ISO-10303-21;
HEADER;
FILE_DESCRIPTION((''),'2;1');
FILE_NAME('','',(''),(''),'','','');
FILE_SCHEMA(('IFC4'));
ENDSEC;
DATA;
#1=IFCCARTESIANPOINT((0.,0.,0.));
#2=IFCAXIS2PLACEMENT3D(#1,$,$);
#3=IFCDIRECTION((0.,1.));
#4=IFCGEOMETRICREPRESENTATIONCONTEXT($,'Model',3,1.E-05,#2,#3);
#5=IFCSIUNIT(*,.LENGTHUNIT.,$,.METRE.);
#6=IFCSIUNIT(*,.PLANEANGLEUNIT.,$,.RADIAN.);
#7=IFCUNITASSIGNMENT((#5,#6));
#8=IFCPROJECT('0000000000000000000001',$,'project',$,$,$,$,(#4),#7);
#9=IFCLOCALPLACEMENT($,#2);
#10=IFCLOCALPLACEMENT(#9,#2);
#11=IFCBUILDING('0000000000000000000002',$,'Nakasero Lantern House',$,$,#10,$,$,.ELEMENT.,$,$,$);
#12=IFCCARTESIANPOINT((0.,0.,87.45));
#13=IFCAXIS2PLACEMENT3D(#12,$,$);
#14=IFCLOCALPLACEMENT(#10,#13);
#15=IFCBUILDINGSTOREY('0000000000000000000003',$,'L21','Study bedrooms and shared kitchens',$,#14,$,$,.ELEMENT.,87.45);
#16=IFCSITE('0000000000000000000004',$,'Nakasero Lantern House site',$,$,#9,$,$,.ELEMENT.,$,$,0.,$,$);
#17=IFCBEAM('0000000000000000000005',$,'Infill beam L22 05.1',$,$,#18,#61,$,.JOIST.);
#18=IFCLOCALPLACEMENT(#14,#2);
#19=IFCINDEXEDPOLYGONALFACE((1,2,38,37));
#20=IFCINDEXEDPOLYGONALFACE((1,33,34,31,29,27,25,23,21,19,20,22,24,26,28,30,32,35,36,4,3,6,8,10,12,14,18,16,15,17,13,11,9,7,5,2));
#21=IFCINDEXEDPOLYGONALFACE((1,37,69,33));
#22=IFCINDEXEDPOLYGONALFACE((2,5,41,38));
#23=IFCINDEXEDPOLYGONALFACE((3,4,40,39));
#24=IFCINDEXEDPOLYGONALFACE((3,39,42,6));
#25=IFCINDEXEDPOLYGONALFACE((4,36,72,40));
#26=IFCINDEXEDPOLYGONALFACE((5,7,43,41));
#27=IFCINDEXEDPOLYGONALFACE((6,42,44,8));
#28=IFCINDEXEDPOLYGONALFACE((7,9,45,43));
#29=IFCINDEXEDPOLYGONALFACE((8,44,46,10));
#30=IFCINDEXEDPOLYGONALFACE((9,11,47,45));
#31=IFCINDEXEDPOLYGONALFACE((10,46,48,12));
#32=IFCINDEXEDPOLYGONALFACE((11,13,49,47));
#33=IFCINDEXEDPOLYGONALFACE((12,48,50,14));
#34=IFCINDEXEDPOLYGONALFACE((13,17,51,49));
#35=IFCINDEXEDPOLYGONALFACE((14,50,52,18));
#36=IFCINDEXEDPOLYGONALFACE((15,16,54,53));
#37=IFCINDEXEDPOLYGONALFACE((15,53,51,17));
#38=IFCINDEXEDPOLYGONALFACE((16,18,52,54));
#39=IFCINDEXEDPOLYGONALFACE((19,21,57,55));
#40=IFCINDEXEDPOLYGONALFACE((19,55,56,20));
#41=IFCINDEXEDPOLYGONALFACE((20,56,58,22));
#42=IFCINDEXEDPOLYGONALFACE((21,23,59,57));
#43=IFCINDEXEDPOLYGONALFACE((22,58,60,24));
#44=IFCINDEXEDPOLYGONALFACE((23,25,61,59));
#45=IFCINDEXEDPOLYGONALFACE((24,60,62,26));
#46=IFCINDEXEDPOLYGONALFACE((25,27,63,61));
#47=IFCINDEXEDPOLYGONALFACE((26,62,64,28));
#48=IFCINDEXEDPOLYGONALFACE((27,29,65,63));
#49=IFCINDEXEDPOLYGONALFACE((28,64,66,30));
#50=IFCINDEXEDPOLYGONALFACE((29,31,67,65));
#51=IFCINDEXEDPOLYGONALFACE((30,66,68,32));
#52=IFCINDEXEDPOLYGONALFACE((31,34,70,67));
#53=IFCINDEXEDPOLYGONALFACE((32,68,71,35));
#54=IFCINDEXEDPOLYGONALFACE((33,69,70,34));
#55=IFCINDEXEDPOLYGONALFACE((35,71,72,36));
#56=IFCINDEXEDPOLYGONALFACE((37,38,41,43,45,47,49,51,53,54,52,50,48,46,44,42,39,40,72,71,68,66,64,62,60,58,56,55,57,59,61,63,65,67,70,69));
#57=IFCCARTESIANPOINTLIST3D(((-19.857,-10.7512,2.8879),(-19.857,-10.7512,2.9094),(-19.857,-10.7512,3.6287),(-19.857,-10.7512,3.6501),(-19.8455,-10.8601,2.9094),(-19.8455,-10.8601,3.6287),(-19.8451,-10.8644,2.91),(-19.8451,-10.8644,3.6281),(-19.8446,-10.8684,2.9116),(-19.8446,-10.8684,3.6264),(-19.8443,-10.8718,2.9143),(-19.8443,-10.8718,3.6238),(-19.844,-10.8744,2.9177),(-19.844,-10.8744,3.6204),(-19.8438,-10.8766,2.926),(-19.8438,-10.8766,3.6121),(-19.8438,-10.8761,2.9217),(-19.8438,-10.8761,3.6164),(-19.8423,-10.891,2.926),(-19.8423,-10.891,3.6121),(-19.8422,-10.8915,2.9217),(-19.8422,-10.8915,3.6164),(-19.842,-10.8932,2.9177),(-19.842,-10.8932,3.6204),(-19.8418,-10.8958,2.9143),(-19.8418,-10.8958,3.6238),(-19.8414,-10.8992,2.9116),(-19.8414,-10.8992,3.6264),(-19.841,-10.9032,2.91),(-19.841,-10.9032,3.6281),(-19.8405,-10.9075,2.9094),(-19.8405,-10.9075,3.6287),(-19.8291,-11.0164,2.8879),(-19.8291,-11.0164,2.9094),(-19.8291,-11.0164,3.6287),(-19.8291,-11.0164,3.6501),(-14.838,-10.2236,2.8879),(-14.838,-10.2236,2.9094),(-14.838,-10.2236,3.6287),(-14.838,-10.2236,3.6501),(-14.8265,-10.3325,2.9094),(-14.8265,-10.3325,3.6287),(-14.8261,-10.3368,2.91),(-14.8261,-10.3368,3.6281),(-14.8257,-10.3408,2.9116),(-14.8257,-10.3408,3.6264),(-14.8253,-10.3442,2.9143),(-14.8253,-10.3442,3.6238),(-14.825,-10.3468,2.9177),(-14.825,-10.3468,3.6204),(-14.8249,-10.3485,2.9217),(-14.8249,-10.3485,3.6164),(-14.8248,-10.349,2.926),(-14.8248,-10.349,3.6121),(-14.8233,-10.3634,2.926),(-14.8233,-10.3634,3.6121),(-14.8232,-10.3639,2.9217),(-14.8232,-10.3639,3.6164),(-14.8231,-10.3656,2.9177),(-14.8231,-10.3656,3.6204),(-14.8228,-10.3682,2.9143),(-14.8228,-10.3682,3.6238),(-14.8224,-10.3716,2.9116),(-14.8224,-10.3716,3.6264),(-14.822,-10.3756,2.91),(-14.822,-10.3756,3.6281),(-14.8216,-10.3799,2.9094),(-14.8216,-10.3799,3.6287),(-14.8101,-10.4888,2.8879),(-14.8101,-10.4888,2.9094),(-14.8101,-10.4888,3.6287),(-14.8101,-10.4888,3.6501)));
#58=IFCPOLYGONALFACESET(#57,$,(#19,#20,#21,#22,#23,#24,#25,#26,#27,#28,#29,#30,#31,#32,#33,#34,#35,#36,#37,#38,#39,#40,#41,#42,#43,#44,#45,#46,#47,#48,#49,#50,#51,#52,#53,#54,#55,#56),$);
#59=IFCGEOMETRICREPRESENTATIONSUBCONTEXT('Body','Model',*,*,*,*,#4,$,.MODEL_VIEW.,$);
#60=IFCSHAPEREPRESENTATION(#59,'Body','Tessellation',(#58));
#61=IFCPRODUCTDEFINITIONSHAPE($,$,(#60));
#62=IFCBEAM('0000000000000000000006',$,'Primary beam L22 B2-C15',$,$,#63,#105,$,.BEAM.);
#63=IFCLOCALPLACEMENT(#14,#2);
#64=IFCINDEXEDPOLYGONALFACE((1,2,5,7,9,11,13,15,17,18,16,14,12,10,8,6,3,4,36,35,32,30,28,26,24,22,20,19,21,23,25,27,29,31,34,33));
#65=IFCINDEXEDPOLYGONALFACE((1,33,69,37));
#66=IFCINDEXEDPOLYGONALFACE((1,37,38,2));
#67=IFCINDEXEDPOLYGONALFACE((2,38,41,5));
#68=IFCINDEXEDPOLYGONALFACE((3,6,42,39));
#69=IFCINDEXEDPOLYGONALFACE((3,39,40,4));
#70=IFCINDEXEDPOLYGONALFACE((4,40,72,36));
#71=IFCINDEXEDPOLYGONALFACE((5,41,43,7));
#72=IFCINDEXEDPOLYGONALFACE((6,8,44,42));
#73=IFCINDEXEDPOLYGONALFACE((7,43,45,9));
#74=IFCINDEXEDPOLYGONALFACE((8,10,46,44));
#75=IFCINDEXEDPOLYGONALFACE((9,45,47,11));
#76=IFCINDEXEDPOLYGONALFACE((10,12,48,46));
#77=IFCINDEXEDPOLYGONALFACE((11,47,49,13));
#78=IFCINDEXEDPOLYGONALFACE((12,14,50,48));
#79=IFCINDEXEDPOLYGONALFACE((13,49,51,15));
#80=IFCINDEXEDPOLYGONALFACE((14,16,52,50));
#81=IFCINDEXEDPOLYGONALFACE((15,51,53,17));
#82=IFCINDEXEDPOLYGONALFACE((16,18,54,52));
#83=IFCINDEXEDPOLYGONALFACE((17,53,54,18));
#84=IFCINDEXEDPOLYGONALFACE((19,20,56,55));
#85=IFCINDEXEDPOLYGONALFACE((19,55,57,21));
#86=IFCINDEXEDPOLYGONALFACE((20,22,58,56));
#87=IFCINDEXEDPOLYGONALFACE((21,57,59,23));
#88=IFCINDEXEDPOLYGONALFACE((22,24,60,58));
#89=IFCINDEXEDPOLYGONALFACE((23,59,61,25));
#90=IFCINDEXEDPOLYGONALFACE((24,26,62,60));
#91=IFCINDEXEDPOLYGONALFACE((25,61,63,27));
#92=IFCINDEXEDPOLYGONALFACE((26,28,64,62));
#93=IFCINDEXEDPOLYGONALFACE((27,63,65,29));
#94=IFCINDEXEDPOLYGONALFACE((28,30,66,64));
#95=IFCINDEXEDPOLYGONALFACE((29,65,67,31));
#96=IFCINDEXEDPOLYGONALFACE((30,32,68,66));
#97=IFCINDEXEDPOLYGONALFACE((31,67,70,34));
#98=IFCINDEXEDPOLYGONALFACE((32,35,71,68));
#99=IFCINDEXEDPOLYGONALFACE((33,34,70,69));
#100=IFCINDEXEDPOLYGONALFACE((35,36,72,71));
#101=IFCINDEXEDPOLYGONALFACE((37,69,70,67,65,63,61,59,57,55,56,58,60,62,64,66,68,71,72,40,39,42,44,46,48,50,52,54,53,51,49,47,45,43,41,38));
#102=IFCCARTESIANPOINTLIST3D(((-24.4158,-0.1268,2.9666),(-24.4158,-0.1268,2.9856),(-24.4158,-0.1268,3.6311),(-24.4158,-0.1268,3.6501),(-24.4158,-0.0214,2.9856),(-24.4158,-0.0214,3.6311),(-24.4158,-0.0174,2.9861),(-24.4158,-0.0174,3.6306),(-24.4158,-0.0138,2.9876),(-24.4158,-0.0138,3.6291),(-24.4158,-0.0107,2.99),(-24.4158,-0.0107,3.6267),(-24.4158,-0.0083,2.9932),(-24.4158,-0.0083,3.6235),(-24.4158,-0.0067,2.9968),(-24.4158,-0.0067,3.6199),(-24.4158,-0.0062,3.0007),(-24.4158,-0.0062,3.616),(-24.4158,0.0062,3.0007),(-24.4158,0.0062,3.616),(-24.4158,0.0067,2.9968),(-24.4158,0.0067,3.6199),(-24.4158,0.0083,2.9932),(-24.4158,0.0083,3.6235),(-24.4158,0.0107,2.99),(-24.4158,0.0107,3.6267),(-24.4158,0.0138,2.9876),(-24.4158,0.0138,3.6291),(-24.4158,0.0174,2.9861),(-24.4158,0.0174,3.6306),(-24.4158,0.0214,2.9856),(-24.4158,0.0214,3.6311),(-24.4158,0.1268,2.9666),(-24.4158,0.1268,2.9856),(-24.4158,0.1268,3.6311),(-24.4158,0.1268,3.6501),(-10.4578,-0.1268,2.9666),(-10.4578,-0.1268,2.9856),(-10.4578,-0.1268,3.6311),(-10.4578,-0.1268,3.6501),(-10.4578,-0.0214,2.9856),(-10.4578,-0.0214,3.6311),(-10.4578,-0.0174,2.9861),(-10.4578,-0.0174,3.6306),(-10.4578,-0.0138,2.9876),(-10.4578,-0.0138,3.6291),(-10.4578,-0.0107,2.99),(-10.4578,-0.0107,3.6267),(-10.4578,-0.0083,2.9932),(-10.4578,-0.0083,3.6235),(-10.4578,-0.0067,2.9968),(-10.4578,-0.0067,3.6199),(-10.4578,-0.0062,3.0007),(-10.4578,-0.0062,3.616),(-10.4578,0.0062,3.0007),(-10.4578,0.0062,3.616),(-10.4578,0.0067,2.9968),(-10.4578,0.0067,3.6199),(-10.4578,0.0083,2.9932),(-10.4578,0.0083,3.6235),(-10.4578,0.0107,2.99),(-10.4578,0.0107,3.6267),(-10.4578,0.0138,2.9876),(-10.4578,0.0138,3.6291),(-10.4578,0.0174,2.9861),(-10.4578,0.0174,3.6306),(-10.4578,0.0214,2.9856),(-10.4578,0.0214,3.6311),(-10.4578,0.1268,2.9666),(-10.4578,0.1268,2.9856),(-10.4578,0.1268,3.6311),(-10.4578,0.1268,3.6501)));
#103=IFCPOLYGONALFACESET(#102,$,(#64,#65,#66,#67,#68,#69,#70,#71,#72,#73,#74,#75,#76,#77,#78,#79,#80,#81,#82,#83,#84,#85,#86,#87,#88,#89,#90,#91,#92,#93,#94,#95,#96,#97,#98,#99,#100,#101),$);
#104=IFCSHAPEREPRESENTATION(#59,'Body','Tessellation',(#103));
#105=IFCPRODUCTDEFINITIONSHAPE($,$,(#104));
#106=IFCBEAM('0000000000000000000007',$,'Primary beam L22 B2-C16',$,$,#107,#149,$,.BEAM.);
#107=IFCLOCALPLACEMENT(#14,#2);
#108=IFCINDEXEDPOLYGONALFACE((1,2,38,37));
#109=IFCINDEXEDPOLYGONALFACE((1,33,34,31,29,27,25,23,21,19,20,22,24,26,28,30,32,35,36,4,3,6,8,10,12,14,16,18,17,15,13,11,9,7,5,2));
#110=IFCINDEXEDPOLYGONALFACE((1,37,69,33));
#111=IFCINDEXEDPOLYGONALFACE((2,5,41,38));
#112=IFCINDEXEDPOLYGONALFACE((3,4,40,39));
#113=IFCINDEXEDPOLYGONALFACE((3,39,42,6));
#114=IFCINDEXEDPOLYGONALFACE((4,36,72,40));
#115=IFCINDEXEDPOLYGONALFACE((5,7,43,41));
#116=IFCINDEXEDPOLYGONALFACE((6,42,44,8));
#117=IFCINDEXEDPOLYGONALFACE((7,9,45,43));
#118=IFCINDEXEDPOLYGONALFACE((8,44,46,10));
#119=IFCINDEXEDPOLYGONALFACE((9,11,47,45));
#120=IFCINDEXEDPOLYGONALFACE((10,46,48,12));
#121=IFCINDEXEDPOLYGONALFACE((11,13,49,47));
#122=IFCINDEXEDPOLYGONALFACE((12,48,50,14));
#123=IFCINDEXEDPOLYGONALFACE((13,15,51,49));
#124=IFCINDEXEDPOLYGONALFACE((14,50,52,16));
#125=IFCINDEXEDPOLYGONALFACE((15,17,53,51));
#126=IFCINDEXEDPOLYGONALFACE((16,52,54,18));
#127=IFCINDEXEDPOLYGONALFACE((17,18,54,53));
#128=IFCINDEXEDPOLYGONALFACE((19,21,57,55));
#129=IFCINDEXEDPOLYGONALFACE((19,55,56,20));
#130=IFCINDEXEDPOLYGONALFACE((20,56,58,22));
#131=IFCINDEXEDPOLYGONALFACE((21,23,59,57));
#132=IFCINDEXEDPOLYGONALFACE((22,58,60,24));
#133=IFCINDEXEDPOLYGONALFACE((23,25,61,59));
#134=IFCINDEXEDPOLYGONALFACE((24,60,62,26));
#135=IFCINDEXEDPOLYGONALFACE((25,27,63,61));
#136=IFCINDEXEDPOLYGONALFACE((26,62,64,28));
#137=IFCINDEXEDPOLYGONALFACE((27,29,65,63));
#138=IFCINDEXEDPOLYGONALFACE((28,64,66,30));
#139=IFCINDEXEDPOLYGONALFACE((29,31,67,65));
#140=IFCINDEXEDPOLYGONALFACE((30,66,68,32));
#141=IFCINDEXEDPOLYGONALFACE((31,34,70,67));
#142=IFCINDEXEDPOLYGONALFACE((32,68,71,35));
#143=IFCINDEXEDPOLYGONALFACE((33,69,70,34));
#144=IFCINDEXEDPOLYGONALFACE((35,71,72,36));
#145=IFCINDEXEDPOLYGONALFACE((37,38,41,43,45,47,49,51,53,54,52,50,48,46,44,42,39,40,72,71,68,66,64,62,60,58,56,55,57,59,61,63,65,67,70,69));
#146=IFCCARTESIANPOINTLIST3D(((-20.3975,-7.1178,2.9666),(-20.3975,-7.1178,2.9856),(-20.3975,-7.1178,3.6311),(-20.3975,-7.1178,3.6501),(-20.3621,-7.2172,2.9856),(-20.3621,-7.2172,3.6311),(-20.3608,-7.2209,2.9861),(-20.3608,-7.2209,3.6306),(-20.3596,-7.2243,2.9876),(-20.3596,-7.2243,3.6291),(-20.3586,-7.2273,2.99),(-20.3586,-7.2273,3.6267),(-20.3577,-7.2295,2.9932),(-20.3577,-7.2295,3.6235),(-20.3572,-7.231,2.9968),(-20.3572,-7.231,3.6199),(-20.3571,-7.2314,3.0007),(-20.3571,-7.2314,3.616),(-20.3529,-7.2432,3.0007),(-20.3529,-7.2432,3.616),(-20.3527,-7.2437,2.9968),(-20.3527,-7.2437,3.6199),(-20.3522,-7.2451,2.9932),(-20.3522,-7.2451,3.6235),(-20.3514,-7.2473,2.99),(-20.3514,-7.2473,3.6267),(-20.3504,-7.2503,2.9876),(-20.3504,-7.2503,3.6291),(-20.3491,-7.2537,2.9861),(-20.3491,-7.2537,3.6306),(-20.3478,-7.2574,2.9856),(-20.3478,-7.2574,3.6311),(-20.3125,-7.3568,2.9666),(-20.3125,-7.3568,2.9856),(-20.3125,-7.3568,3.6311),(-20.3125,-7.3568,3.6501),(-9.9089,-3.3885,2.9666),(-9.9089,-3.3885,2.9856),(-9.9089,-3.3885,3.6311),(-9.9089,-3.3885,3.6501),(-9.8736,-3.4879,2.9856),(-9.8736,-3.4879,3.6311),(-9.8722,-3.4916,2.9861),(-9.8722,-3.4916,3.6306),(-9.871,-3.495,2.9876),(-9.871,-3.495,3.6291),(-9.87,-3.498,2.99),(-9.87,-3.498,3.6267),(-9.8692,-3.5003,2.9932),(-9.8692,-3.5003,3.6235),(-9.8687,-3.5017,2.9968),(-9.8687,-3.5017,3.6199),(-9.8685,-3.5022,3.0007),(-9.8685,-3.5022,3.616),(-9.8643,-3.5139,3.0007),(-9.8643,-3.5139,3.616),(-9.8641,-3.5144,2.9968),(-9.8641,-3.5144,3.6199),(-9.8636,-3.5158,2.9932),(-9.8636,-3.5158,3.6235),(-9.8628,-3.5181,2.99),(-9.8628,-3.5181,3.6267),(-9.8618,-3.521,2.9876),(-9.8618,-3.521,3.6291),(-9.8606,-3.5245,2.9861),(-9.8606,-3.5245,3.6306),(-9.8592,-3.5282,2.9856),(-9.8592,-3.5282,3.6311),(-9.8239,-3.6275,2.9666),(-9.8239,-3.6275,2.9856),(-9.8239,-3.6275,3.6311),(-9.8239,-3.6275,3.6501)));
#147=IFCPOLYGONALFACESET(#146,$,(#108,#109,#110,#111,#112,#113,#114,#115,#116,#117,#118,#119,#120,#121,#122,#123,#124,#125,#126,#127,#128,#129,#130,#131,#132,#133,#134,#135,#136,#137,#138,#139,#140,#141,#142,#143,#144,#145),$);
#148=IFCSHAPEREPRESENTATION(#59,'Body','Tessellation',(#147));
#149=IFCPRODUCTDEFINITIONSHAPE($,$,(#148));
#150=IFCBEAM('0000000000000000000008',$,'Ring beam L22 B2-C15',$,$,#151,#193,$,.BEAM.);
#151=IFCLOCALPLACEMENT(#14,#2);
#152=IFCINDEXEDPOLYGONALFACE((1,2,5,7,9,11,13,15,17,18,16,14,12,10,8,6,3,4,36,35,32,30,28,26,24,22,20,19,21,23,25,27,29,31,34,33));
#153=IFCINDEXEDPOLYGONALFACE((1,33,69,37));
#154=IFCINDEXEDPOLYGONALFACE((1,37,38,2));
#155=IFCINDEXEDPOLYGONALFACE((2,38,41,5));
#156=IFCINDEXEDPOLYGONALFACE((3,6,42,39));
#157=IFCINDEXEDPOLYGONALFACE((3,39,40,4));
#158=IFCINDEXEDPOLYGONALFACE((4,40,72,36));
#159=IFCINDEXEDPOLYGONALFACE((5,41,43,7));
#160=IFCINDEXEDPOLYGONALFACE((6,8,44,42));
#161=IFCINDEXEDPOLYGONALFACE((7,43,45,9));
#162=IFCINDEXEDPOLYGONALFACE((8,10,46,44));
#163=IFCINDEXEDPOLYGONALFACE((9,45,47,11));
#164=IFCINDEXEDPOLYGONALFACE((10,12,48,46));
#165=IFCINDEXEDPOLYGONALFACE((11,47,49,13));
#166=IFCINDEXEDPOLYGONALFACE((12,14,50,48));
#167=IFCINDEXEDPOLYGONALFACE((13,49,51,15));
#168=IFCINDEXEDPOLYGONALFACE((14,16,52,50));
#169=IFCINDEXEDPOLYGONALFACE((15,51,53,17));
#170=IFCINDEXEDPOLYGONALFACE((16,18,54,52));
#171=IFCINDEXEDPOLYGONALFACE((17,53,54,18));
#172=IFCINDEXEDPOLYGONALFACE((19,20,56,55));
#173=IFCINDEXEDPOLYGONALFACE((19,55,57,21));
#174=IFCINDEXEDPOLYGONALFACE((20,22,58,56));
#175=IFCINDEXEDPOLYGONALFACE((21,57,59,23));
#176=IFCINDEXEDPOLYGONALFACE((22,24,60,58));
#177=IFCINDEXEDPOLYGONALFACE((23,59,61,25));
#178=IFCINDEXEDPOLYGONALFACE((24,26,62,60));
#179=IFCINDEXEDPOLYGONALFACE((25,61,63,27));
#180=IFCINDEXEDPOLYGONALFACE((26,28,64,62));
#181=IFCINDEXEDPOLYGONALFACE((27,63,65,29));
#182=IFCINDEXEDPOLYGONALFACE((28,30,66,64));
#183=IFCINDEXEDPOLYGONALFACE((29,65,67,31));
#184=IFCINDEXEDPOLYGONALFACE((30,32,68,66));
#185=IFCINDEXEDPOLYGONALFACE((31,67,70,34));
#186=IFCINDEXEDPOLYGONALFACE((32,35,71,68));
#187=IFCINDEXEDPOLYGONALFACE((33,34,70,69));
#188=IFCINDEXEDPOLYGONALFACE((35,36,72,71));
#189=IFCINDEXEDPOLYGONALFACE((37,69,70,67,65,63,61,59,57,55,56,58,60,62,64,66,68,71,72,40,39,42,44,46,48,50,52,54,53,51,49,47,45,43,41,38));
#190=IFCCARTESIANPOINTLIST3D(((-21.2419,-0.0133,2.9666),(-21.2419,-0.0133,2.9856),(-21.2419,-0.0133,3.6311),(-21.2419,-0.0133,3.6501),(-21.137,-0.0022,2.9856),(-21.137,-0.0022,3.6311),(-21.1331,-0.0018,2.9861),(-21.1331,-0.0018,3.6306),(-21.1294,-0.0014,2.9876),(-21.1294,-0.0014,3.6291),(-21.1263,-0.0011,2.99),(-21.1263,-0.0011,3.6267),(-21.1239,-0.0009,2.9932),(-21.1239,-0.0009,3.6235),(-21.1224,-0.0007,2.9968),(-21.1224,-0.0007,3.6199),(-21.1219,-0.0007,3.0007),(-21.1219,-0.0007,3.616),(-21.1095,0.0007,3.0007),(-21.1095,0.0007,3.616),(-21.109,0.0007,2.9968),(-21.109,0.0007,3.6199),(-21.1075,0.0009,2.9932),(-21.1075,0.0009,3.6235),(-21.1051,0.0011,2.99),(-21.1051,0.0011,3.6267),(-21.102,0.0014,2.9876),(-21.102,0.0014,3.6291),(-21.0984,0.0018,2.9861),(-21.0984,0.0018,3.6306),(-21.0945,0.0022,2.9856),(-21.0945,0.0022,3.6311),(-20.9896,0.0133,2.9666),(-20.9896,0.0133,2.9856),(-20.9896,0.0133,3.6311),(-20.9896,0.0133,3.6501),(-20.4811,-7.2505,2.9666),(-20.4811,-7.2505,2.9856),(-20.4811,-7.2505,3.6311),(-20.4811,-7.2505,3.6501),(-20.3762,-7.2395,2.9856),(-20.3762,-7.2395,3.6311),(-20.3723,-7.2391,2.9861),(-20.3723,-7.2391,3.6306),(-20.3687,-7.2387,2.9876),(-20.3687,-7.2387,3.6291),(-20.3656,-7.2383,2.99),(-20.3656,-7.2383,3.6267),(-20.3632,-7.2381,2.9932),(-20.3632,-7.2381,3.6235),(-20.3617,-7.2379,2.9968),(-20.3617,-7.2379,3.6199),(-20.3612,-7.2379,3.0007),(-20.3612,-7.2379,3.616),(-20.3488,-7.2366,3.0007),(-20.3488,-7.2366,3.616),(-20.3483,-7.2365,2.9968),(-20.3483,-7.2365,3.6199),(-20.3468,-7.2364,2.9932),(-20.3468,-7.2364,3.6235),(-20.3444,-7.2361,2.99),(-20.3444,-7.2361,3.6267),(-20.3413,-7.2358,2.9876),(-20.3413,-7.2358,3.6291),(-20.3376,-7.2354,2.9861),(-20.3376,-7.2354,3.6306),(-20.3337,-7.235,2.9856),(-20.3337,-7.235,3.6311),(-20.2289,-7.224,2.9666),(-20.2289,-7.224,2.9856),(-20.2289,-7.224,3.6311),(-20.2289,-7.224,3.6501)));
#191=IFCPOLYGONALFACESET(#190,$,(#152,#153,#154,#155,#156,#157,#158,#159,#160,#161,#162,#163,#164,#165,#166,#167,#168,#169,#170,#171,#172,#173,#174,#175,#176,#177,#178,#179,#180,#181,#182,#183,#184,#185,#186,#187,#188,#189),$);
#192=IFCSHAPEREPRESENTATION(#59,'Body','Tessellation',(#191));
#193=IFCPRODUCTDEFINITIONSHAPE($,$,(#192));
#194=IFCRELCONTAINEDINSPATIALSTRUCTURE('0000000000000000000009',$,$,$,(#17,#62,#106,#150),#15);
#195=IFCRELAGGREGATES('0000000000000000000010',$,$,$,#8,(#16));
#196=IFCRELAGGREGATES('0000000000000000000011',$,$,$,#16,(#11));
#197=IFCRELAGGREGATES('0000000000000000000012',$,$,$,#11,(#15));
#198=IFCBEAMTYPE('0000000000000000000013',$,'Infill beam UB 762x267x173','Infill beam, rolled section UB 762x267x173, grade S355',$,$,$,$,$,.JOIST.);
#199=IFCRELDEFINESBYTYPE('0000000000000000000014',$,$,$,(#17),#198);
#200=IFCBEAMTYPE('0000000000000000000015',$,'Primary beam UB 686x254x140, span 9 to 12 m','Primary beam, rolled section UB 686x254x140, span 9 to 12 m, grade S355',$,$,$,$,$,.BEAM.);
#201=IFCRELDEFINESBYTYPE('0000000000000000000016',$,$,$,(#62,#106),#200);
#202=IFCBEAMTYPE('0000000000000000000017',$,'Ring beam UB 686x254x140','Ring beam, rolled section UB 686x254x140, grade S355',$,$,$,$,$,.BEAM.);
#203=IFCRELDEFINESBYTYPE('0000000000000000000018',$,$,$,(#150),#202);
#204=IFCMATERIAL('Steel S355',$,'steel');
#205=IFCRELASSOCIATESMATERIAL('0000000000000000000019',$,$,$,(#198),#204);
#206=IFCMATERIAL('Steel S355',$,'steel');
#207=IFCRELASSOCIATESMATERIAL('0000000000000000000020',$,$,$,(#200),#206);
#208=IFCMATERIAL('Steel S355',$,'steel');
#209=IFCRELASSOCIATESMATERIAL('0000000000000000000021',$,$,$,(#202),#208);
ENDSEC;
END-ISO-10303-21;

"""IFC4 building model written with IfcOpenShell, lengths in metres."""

from ifc_helpers import new_model, si_unit, direction, frame, origin, origin_2d, place, context, subcontext, project, spatial, i_section, extrude, material, material_profile, profile_set, type_object, element, save


model = new_model("IFC4")

# Units and contexts
model_context = context("Model", 3, precision=1e-05, world=origin(), true_north=direction((0.0, 1.0)))
body_context = subcontext(model_context, "Body", "Model", "MODEL_VIEW")
ifc_project = project(units=[si_unit("LENGTHUNIT", "METRE"), si_unit("PLANEANGLEUNIT", "RADIAN")], contexts=[model_context])

# Site, building, storey
site_placement = place(None, origin())
site = spatial("IfcSite", under=ifc_project, at=site_placement, Name="Nakasero Lantern House site", CompositionType="ELEMENT", RefElevation=0.0)
building_placement = place(site_placement, origin())
building = spatial("IfcBuilding", under=site, at=building_placement, Name="Nakasero Lantern House", CompositionType="ELEMENT")
storey_placement = place(building_placement, frame((0.0, 0.0, 87.45)))
storey = spatial("IfcBuildingStorey", under=building, at=storey_placement, Name="L21", Description="Study bedrooms and shared kitchens", CompositionType="ELEMENT", Elevation=87.45)

# Beams
ifc_material_1 = material(Name="Steel S355", Category="steel")
ifc_material_profile_1 = material_profile(ifc_material_1, i_section(OverallWidth=0.2666, OverallDepth=0.7622, WebThickness=0.0144, FlangeThickness=0.0215, FilletRadius=0.0166, at=origin_2d()), Name="UB 762x267x173")
ifc_profile_set_1 = profile_set([ifc_material_profile_1], Name="Steel S355")
beam_type_1 = type_object("IfcBeamType", Name="Infill beam UB 762x267x173", Description="Infill beam, rolled section UB 762x267x173, grade S355", PredefinedType="JOIST", material=ifc_profile_set_1)
beam_1_placement = place(storey_placement, frame((-19.843, -10.8838, 3.269), z_axis=(0.994521, 0.104541, 0.0), x_axis=(-0.104541, 0.994521, 0.0)))
element("IfcBeam", 1, at=beam_1_placement, inside=storey, type_object=beam_type_1, Name="Infill beam L22 05.1", PredefinedType="JOIST", context=body_context, shape_type="SweptSolid", body=[
    extrude(i_section(OverallWidth=0.2666, OverallDepth=0.7622, WebThickness=0.0144, FlangeThickness=0.0215, FilletRadius=0.0166, at=origin_2d()), origin(), (0.0, 0.0, 1.0), 5.0466),
])
ifc_material_2 = material(Name="Steel S355", Category="steel")
ifc_material_profile_2 = material_profile(ifc_material_2, i_section(OverallWidth=0.2537, OverallDepth=0.6836, WebThickness=0.0125, FlangeThickness=0.019, FilletRadius=0.0151, at=origin_2d()), Name="UB 686x254x140")
ifc_profile_set_2 = profile_set([ifc_material_profile_2], Name="Steel S355")
beam_type_2 = type_object("IfcBeamType", Name="Primary beam UB 686x254x140, span 9 to 12 m", Description="Primary beam, rolled section UB 686x254x140, span 9 to 12 m, grade S355", PredefinedType="BEAM", material=ifc_profile_set_2)
beam_2_placement = place(storey_placement, frame((-24.4158, 0.0, 3.3083), z_axis=(1.0, 0.0, 0.0), x_axis=(0.0, 1.0, 0.0)))
element("IfcBeam", 2, at=beam_2_placement, inside=storey, type_object=beam_type_2, Name="Primary beam L22 B2-C15", PredefinedType="BEAM", context=body_context, shape_type="SweptSolid", body=[
    extrude(i_section(OverallWidth=0.2537, OverallDepth=0.6836, WebThickness=0.0125, FlangeThickness=0.019, FilletRadius=0.0151, at=origin_2d()), origin(), (0.0, 0.0, 1.0), 13.958),
])
beam_3_placement = place(storey_placement, frame((-20.355, -7.2373, 3.3083), z_axis=(0.942215, 0.335009, 0.0), x_axis=(-0.335009, 0.942215, 0.0)))
element("IfcBeam", 3, at=beam_3_placement, inside=storey, type_object=beam_type_2, Name="Primary beam L22 B2-C16", PredefinedType="BEAM", context=body_context, shape_type="SweptSolid", body=[
    extrude(i_section(OverallWidth=0.2537, OverallDepth=0.6836, WebThickness=0.0125, FlangeThickness=0.019, FilletRadius=0.0151, at=origin_2d()), origin(), (0.0, 0.0, 1.0), 11.1318),
])
ifc_material_3 = material(Name="Steel S355", Category="steel")
ifc_material_profile_3 = material_profile(ifc_material_3, i_section(OverallWidth=0.2537, OverallDepth=0.6836, WebThickness=0.0125, FlangeThickness=0.019, FilletRadius=0.0151, at=origin_2d()), Name="UB 686x254x140")
ifc_profile_set_3 = profile_set([ifc_material_profile_3], Name="Steel S355")
beam_type_3 = type_object("IfcBeamType", Name="Ring beam UB 686x254x140", Description="Ring beam, rolled section UB 686x254x140, grade S355", PredefinedType="BEAM", material=ifc_profile_set_3)
beam_4_placement = place(storey_placement, frame((-21.1157, 0.0, 3.3083), z_axis=(0.104538, -0.994521, 0.0), x_axis=(0.994521, 0.104538, 0.0)))
element("IfcBeam", 4, at=beam_4_placement, inside=storey, type_object=beam_type_3, Name="Ring beam L22 B2-C15", PredefinedType="BEAM", context=body_context, shape_type="SweptSolid", body=[
    extrude(i_section(OverallWidth=0.2537, OverallDepth=0.6836, WebThickness=0.0125, FlangeThickness=0.019, FilletRadius=0.0151, at=origin_2d()), origin(), (0.0, 0.0, 1.0), 7.2771),
])

save(model, "model.ifc")
